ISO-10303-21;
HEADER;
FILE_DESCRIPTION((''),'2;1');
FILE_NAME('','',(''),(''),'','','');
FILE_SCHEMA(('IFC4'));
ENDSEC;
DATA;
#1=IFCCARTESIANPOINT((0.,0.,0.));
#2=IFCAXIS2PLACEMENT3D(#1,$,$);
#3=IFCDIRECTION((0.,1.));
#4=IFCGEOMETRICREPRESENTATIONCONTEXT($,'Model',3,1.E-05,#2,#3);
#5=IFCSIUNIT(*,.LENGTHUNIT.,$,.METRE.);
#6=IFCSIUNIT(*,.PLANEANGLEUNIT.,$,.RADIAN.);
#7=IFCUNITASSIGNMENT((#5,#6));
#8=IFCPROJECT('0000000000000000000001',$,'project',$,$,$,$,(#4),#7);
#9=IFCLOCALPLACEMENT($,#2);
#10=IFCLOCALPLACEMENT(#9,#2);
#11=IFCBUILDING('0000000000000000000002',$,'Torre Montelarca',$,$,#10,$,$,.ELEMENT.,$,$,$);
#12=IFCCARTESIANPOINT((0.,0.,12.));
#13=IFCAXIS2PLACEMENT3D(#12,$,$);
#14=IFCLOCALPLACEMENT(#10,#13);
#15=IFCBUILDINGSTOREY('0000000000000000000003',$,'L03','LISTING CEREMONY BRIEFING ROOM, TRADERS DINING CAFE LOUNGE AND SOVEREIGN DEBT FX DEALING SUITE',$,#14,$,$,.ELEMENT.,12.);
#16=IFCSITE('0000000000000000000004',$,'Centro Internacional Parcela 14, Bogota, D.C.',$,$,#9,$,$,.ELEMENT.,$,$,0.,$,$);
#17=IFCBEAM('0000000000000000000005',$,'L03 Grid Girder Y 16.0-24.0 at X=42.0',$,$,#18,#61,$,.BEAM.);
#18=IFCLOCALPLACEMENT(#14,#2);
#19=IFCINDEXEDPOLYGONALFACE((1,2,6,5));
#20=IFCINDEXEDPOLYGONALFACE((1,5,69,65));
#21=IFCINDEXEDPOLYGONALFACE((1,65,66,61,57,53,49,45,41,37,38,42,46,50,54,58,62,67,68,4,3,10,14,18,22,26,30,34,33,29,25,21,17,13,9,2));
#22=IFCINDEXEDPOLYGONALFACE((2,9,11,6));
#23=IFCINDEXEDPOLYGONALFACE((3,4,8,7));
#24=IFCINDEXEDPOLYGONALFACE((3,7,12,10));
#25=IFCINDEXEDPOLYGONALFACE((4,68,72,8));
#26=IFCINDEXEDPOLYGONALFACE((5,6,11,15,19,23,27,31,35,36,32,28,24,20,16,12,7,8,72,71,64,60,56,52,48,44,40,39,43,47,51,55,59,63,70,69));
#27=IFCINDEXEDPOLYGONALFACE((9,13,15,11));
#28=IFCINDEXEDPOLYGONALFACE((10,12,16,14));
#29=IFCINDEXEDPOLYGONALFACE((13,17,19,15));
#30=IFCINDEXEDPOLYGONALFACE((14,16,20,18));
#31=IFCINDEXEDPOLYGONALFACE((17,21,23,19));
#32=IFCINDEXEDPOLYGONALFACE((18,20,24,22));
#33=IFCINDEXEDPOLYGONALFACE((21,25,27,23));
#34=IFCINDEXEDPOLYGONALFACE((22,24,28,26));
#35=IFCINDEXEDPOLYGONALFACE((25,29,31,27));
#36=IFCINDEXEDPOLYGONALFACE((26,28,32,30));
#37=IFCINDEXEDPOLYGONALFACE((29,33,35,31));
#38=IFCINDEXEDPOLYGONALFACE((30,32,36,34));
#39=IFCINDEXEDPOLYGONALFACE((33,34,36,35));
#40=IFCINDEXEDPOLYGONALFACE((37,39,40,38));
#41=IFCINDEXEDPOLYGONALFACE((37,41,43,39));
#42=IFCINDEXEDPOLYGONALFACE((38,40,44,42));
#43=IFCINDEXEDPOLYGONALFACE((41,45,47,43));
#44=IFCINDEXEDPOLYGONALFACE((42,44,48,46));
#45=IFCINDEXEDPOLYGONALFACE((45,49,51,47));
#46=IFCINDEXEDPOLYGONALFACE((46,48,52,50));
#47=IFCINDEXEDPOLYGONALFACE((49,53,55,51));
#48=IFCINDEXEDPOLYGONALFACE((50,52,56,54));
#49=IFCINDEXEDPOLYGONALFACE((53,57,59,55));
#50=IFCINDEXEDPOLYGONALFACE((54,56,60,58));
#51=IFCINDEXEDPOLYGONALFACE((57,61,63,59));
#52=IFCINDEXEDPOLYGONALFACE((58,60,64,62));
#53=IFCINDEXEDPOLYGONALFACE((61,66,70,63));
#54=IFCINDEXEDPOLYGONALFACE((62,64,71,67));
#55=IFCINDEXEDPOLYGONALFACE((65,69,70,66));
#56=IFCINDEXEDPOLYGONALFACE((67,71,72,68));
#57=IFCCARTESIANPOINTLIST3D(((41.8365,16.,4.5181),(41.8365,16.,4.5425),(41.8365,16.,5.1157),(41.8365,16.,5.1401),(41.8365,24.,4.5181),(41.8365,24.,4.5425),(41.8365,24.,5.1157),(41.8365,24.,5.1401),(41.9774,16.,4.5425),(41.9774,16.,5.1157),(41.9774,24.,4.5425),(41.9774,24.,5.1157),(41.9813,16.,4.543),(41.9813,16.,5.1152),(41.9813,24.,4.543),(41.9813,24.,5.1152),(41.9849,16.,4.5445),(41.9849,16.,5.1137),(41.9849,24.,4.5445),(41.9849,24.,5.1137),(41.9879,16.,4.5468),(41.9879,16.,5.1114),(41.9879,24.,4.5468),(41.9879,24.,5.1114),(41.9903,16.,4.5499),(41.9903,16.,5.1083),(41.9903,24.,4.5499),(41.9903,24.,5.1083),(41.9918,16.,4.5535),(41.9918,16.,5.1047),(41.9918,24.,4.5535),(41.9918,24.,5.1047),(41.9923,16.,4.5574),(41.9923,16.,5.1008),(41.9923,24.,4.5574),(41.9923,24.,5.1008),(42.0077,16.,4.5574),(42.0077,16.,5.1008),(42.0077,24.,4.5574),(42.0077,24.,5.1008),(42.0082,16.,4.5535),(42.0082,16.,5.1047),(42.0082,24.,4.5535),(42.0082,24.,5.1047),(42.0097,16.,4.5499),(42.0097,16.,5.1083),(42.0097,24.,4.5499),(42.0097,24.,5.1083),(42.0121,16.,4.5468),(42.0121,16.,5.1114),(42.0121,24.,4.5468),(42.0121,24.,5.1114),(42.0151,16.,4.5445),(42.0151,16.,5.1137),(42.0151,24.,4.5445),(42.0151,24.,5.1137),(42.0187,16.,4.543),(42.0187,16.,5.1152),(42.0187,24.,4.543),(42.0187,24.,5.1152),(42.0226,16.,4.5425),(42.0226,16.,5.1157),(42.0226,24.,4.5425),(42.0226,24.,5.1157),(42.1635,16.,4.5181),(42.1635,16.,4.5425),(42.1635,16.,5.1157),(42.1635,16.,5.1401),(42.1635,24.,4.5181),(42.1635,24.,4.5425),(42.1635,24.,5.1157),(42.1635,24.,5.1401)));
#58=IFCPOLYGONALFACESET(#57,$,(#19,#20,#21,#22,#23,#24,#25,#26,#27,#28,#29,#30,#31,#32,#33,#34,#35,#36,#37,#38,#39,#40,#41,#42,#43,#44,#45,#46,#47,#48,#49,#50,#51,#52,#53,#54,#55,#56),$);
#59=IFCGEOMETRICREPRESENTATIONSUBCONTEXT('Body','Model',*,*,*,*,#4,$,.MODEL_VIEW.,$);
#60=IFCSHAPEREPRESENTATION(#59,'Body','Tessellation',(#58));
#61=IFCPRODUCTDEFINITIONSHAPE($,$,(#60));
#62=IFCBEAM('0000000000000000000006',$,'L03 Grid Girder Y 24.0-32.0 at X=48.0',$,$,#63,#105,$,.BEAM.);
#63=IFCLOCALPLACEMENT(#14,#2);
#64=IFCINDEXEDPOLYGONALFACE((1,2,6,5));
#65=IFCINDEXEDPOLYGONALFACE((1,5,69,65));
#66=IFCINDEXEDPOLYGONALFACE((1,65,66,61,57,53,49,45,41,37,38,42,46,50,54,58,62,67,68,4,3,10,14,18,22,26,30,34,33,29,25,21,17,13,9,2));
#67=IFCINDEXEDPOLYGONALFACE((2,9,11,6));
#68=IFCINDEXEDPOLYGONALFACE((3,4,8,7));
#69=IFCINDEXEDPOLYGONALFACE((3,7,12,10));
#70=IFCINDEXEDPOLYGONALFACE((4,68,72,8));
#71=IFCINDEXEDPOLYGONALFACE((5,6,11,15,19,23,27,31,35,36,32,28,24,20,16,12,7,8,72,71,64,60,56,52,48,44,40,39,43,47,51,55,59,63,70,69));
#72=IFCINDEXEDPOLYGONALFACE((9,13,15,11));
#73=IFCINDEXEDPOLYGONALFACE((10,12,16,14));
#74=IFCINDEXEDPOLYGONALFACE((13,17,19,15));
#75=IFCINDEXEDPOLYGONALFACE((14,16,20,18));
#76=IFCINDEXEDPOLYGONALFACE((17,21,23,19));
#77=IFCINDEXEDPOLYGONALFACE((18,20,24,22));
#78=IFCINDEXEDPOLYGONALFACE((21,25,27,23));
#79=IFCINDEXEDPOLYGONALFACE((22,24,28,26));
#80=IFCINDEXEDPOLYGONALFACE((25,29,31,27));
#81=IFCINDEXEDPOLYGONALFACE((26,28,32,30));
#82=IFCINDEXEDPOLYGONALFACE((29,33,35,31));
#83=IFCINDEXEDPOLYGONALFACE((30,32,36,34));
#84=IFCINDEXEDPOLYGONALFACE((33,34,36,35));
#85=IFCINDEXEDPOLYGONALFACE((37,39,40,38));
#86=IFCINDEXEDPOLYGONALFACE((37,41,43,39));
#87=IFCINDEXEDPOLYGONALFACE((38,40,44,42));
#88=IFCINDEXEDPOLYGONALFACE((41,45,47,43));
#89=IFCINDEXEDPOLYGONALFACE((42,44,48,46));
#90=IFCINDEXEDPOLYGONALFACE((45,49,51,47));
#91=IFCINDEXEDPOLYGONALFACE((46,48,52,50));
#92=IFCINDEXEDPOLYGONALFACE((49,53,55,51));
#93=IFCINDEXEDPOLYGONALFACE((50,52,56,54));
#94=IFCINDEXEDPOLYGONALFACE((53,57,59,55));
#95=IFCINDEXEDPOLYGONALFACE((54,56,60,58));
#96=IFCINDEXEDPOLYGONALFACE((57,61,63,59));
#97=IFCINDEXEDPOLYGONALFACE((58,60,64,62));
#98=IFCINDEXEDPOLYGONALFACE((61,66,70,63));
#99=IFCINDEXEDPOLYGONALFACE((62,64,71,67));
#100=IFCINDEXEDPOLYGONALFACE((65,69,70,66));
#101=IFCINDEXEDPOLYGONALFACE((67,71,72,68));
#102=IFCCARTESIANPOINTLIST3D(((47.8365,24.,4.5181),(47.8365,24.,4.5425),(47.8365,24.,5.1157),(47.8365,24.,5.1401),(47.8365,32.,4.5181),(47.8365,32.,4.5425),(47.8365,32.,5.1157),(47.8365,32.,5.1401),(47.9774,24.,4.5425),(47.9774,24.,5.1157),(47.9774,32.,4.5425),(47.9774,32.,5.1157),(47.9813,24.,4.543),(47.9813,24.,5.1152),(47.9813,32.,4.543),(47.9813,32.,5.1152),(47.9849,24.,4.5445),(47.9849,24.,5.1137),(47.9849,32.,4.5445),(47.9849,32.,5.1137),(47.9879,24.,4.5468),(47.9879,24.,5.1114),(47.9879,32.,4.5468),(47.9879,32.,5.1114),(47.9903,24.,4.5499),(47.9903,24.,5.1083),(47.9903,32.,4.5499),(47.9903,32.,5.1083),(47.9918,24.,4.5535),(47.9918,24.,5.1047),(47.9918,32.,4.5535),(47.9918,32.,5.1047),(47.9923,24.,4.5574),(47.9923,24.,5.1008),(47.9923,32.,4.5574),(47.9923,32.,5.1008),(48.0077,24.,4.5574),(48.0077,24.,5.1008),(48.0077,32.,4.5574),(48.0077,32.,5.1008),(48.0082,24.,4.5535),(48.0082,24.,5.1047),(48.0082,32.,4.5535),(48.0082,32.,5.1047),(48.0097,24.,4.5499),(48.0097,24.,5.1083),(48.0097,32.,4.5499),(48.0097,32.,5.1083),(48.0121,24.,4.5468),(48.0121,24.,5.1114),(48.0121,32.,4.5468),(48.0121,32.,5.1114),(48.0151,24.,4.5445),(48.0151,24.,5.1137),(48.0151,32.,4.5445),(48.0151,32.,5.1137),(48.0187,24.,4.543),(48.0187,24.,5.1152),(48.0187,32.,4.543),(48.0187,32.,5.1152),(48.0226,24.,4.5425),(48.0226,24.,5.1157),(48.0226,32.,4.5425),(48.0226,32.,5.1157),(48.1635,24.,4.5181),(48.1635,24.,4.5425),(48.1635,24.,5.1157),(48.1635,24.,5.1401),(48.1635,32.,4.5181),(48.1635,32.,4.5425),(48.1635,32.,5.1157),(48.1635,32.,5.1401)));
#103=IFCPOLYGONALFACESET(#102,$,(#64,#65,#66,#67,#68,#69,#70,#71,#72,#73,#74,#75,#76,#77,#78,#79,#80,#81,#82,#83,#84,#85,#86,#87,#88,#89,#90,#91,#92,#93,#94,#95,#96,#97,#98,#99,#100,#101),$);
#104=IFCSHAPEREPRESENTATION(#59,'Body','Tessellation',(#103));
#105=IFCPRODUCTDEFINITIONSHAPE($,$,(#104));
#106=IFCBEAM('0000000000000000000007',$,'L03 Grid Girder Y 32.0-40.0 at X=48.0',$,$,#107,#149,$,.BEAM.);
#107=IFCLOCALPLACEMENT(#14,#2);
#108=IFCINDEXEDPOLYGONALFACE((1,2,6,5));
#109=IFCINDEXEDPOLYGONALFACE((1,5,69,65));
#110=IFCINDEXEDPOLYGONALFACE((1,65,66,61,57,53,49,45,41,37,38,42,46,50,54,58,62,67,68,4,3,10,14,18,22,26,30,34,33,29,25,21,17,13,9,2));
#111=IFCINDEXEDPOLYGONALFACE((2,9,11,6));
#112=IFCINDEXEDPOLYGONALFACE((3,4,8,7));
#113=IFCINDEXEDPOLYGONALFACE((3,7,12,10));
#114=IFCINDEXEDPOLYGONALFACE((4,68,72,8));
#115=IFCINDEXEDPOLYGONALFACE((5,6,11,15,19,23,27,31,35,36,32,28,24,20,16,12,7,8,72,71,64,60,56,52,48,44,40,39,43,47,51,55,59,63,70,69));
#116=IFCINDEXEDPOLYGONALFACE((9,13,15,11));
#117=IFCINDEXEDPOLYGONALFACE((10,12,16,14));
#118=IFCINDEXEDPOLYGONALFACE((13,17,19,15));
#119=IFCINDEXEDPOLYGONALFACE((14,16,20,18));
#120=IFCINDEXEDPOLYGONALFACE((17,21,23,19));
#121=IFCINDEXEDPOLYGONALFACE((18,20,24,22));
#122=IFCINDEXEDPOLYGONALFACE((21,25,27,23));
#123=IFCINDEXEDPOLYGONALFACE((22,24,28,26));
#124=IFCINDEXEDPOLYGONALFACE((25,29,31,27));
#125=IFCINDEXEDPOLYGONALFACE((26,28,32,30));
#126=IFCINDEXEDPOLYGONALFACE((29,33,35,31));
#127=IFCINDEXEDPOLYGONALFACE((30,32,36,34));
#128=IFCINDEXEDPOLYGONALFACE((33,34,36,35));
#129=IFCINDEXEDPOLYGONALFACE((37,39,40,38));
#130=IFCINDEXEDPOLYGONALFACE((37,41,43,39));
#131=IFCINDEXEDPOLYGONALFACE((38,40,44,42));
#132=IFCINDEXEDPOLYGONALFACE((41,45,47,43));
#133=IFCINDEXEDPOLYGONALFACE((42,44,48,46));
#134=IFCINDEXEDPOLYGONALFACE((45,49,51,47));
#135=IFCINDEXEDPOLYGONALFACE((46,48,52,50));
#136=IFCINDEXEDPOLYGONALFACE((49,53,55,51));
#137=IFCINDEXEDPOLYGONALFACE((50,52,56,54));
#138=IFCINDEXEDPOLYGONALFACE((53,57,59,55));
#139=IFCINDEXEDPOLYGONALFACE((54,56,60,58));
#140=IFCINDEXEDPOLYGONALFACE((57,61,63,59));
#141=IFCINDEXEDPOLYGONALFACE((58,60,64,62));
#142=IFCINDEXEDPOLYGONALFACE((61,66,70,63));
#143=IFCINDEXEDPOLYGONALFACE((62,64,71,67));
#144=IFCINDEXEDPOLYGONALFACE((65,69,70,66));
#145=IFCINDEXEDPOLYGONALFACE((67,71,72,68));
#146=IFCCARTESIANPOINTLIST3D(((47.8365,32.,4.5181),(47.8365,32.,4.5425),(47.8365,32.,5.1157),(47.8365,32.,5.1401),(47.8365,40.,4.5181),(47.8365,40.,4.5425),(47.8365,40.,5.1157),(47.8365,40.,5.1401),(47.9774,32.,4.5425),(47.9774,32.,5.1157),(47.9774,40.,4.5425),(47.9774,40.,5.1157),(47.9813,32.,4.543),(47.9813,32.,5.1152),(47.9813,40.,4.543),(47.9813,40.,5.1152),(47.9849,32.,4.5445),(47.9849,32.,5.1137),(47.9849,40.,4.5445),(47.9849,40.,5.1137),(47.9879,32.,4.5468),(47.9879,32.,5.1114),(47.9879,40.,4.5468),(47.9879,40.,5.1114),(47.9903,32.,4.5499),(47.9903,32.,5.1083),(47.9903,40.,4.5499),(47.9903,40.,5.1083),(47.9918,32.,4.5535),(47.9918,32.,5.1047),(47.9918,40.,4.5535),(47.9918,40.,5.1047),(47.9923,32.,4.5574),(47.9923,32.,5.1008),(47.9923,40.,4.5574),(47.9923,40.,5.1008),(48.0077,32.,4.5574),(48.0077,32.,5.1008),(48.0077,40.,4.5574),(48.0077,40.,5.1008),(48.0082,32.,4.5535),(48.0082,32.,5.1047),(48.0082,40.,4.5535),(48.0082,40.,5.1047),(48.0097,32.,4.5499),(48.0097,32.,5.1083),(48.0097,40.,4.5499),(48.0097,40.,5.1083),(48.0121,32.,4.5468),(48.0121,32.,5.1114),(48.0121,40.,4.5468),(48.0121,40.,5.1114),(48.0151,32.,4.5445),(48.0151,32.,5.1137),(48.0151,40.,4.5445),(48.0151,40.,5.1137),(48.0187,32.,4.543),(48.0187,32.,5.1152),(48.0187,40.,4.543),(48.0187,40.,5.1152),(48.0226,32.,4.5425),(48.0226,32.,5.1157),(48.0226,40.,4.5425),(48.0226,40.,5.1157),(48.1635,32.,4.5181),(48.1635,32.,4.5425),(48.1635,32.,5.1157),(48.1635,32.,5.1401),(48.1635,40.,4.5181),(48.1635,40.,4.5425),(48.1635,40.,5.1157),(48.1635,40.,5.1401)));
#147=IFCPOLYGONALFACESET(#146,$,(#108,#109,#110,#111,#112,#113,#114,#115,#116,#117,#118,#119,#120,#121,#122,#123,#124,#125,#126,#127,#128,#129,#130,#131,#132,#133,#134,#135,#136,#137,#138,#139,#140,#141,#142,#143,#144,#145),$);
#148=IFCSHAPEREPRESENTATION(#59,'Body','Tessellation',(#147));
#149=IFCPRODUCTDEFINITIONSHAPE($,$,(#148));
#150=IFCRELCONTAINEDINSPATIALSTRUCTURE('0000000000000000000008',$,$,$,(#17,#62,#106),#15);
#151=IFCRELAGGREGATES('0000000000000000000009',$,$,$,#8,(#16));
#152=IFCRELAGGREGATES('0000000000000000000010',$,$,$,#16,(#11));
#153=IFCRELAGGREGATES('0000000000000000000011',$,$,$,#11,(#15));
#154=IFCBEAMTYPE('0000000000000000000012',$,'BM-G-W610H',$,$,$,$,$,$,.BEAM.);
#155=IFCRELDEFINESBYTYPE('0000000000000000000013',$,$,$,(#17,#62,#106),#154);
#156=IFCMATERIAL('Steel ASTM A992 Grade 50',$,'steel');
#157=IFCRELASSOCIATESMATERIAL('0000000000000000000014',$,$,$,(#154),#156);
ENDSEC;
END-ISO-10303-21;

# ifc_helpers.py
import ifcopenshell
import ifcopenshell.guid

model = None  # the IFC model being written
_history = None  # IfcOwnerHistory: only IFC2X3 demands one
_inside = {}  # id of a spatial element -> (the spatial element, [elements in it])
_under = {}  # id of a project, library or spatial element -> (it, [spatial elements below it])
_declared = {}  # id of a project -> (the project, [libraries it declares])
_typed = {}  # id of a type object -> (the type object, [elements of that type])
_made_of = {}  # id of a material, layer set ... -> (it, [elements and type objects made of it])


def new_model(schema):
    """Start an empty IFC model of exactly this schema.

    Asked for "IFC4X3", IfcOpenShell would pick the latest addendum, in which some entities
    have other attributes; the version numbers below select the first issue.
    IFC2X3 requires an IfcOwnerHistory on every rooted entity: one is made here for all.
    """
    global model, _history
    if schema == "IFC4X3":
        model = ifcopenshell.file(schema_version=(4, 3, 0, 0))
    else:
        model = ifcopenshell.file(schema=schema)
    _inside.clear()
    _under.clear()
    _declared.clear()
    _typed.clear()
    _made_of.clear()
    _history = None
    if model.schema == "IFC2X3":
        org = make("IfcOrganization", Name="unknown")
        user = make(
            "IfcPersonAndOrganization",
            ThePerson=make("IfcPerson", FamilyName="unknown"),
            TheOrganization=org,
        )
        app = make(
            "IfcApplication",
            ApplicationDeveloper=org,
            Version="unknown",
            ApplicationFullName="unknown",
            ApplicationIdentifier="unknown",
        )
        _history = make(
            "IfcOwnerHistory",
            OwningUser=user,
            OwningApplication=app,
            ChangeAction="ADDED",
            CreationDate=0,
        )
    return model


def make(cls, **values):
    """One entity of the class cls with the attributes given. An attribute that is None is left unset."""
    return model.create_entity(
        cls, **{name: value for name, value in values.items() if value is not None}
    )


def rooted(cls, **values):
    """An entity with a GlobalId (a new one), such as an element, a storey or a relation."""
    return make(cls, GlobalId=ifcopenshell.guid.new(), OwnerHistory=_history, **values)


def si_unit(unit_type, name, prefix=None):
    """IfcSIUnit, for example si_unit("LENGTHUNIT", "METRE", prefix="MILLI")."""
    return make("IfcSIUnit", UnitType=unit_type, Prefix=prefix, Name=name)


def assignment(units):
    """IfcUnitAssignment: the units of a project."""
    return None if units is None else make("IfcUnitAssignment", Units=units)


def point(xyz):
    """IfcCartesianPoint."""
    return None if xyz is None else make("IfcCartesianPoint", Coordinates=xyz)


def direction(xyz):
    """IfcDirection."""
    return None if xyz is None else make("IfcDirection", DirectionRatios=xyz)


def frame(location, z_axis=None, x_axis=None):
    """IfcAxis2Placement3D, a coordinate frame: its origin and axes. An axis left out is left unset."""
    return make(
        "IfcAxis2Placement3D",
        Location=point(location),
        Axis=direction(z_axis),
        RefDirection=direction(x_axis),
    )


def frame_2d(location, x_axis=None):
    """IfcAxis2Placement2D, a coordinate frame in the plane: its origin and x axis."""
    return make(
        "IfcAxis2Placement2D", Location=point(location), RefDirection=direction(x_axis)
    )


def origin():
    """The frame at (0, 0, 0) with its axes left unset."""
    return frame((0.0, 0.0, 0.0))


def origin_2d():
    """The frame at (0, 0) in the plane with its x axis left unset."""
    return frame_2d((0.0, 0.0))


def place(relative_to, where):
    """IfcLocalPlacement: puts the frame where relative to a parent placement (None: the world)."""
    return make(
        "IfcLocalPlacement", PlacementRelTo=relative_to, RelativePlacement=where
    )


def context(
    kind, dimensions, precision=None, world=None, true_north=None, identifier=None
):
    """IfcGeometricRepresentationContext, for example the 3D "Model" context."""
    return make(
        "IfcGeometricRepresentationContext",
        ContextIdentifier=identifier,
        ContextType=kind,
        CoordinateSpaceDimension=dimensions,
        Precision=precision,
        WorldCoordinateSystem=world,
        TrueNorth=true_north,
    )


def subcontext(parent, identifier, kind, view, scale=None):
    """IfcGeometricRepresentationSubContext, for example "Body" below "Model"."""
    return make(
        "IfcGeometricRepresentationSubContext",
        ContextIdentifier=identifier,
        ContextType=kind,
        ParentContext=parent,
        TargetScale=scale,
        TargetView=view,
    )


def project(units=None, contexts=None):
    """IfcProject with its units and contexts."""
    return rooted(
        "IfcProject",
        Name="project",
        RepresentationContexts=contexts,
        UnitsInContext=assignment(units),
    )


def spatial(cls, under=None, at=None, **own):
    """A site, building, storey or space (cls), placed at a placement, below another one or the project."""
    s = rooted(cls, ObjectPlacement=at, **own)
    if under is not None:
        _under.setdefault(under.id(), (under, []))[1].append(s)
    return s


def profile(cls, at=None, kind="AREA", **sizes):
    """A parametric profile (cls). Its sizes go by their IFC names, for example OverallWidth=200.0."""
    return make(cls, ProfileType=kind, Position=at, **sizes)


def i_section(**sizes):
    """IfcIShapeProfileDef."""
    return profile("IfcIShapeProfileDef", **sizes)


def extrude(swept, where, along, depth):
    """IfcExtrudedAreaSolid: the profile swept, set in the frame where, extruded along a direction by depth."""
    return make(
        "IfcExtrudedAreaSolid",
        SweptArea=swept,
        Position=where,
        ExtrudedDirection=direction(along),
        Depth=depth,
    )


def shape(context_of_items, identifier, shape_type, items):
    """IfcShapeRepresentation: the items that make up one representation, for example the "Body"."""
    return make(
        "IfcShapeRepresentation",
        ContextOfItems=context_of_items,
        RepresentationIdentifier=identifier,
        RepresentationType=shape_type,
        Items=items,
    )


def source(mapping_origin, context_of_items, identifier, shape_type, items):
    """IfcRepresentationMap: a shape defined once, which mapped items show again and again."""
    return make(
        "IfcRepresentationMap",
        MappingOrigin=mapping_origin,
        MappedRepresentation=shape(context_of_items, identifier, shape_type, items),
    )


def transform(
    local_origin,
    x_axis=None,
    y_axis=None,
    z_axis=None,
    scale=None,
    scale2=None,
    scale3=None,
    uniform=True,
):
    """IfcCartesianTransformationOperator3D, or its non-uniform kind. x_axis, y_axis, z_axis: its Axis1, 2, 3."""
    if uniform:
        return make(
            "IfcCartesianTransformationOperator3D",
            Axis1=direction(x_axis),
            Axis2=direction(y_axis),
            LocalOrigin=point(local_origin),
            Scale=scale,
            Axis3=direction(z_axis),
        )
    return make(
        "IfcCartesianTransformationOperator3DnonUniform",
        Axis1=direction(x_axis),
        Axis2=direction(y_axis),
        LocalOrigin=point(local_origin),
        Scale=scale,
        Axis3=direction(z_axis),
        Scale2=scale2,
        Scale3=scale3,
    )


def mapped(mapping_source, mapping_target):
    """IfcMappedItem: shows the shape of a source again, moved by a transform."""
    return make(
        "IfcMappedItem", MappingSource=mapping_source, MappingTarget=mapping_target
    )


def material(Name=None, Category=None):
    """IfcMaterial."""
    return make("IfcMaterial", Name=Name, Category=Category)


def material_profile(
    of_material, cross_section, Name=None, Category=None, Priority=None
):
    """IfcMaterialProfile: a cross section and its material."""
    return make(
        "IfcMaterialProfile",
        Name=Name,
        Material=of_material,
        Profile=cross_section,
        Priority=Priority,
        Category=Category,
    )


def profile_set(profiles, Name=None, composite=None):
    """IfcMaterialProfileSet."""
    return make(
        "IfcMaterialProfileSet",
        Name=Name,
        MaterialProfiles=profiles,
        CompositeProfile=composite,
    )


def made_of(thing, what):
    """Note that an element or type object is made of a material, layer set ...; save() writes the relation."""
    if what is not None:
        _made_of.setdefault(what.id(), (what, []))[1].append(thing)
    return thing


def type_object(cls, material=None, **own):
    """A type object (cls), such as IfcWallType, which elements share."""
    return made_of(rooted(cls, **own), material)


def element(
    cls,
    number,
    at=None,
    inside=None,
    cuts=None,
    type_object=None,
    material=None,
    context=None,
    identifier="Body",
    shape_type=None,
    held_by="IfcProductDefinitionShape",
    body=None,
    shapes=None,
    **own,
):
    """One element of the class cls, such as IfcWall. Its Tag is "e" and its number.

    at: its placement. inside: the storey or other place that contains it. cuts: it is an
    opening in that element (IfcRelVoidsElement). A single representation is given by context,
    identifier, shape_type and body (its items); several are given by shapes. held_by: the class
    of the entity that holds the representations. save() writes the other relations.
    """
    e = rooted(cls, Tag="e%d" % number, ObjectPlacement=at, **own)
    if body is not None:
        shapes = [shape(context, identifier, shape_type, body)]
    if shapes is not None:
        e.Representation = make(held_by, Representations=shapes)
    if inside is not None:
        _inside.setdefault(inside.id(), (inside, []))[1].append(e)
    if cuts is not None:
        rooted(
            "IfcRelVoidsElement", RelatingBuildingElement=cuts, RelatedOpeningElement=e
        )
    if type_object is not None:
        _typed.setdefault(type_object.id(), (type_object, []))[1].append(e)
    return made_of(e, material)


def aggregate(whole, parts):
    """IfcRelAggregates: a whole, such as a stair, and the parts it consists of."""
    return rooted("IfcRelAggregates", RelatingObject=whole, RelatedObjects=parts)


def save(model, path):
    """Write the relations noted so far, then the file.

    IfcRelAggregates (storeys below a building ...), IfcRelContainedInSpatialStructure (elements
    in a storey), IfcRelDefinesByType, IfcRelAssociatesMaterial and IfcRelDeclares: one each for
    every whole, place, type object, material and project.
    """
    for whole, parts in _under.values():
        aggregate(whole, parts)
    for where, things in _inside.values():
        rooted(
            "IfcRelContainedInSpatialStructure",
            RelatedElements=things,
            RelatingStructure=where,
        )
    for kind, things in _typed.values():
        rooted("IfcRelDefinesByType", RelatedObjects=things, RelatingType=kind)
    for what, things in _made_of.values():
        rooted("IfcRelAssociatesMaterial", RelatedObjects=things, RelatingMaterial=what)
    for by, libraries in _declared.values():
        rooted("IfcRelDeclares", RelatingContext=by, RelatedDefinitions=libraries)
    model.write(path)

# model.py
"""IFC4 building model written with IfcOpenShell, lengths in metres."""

from ifc_helpers import new_model, si_unit, direction, frame, origin, origin_2d, place, context, subcontext, project, spatial, i_section, extrude, source, transform, mapped, material, material_profile, profile_set, type_object, element, save


model = new_model("IFC4")

# Units and contexts
model_context = context("Model", 3, precision=1e-05, world=origin(), true_north=direction((0.0, 1.0)))
body_context = subcontext(model_context, "Body", "Model", "MODEL_VIEW")
ifc_project = project(units=[si_unit("LENGTHUNIT", "METRE"), si_unit("PLANEANGLEUNIT", "RADIAN")], contexts=[model_context])

# Site, building, storey
site_placement = place(None, origin())
site = spatial("IfcSite", under=ifc_project, at=site_placement, Name="Centro Internacional Parcela 14, Bogota, D.C.", CompositionType="ELEMENT", RefElevation=0.0)
building_placement = place(site_placement, origin())
building = spatial("IfcBuilding", under=site, at=building_placement, Name="Torre Montelarca", CompositionType="ELEMENT")
storey_placement = place(building_placement, frame((0.0, 0.0, 12.0)))
storey = spatial("IfcBuildingStorey", under=building, at=storey_placement, Name="L03", Description="LISTING CEREMONY BRIEFING ROOM, TRADERS DINING CAFE LOUNGE AND SOVEREIGN DEBT FX DEALING SUITE", CompositionType="ELEMENT", Elevation=12.0)

# Beams
ifc_material_1 = material(Name="Steel ASTM A992 Grade 50", Category="steel")
ifc_material_profile_1 = material_profile(ifc_material_1, i_section(OverallWidth=0.3269, OverallDepth=0.6221, WebThickness=0.0154, FlangeThickness=0.0244, FilletRadius=0.0149, at=origin_2d()), Name="W610X195", Category="steel")
ifc_profile_set_1 = profile_set([ifc_material_profile_1], Name="Steel ASTM A992 Grade 50")
beam_type_1 = type_object("IfcBeamType", Name="BM-G-W610H", PredefinedType="BEAM", material=ifc_profile_set_1)
shared_shape_1 = source(origin(), body_context, "Body", "SweptSolid", [
    extrude(i_section(OverallWidth=0.3269, OverallDepth=0.6221, WebThickness=0.0154, FlangeThickness=0.0244, FilletRadius=0.0149, at=origin_2d()), origin(), (0.0, 0.0, 1.0), 8.0),
])
for number, where, z_axis, x_axis, name in (
    (1, (42.0, 16.0, 4.8291), (0.0, 1.0, 0.0), (-1.0, 0.0, 0.0), "L03 Grid Girder Y 16.0-24.0 at X=42.0"),
    (2, (48.0, 24.0, 4.8291), (0.0, 1.0, 0.0), (-1.0, 0.0, 0.0), "L03 Grid Girder Y 24.0-32.0 at X=48.0"),
    (3, (48.0, 32.0, 4.8291), (0.0, 1.0, 0.0), (-1.0, 0.0, 0.0), "L03 Grid Girder Y 32.0-40.0 at X=48.0"),
):
    element("IfcBeam", number, at=place(storey_placement, frame(where, z_axis=z_axis, x_axis=x_axis)), inside=storey, type_object=beam_type_1, Name=name, PredefinedType="BEAM", context=body_context, shape_type="MappedRepresentation", body=[
        mapped(shared_shape_1, transform((0.0, 0.0, 0.0), scale=1.0)),
    ])

save(model, "model.ifc")
